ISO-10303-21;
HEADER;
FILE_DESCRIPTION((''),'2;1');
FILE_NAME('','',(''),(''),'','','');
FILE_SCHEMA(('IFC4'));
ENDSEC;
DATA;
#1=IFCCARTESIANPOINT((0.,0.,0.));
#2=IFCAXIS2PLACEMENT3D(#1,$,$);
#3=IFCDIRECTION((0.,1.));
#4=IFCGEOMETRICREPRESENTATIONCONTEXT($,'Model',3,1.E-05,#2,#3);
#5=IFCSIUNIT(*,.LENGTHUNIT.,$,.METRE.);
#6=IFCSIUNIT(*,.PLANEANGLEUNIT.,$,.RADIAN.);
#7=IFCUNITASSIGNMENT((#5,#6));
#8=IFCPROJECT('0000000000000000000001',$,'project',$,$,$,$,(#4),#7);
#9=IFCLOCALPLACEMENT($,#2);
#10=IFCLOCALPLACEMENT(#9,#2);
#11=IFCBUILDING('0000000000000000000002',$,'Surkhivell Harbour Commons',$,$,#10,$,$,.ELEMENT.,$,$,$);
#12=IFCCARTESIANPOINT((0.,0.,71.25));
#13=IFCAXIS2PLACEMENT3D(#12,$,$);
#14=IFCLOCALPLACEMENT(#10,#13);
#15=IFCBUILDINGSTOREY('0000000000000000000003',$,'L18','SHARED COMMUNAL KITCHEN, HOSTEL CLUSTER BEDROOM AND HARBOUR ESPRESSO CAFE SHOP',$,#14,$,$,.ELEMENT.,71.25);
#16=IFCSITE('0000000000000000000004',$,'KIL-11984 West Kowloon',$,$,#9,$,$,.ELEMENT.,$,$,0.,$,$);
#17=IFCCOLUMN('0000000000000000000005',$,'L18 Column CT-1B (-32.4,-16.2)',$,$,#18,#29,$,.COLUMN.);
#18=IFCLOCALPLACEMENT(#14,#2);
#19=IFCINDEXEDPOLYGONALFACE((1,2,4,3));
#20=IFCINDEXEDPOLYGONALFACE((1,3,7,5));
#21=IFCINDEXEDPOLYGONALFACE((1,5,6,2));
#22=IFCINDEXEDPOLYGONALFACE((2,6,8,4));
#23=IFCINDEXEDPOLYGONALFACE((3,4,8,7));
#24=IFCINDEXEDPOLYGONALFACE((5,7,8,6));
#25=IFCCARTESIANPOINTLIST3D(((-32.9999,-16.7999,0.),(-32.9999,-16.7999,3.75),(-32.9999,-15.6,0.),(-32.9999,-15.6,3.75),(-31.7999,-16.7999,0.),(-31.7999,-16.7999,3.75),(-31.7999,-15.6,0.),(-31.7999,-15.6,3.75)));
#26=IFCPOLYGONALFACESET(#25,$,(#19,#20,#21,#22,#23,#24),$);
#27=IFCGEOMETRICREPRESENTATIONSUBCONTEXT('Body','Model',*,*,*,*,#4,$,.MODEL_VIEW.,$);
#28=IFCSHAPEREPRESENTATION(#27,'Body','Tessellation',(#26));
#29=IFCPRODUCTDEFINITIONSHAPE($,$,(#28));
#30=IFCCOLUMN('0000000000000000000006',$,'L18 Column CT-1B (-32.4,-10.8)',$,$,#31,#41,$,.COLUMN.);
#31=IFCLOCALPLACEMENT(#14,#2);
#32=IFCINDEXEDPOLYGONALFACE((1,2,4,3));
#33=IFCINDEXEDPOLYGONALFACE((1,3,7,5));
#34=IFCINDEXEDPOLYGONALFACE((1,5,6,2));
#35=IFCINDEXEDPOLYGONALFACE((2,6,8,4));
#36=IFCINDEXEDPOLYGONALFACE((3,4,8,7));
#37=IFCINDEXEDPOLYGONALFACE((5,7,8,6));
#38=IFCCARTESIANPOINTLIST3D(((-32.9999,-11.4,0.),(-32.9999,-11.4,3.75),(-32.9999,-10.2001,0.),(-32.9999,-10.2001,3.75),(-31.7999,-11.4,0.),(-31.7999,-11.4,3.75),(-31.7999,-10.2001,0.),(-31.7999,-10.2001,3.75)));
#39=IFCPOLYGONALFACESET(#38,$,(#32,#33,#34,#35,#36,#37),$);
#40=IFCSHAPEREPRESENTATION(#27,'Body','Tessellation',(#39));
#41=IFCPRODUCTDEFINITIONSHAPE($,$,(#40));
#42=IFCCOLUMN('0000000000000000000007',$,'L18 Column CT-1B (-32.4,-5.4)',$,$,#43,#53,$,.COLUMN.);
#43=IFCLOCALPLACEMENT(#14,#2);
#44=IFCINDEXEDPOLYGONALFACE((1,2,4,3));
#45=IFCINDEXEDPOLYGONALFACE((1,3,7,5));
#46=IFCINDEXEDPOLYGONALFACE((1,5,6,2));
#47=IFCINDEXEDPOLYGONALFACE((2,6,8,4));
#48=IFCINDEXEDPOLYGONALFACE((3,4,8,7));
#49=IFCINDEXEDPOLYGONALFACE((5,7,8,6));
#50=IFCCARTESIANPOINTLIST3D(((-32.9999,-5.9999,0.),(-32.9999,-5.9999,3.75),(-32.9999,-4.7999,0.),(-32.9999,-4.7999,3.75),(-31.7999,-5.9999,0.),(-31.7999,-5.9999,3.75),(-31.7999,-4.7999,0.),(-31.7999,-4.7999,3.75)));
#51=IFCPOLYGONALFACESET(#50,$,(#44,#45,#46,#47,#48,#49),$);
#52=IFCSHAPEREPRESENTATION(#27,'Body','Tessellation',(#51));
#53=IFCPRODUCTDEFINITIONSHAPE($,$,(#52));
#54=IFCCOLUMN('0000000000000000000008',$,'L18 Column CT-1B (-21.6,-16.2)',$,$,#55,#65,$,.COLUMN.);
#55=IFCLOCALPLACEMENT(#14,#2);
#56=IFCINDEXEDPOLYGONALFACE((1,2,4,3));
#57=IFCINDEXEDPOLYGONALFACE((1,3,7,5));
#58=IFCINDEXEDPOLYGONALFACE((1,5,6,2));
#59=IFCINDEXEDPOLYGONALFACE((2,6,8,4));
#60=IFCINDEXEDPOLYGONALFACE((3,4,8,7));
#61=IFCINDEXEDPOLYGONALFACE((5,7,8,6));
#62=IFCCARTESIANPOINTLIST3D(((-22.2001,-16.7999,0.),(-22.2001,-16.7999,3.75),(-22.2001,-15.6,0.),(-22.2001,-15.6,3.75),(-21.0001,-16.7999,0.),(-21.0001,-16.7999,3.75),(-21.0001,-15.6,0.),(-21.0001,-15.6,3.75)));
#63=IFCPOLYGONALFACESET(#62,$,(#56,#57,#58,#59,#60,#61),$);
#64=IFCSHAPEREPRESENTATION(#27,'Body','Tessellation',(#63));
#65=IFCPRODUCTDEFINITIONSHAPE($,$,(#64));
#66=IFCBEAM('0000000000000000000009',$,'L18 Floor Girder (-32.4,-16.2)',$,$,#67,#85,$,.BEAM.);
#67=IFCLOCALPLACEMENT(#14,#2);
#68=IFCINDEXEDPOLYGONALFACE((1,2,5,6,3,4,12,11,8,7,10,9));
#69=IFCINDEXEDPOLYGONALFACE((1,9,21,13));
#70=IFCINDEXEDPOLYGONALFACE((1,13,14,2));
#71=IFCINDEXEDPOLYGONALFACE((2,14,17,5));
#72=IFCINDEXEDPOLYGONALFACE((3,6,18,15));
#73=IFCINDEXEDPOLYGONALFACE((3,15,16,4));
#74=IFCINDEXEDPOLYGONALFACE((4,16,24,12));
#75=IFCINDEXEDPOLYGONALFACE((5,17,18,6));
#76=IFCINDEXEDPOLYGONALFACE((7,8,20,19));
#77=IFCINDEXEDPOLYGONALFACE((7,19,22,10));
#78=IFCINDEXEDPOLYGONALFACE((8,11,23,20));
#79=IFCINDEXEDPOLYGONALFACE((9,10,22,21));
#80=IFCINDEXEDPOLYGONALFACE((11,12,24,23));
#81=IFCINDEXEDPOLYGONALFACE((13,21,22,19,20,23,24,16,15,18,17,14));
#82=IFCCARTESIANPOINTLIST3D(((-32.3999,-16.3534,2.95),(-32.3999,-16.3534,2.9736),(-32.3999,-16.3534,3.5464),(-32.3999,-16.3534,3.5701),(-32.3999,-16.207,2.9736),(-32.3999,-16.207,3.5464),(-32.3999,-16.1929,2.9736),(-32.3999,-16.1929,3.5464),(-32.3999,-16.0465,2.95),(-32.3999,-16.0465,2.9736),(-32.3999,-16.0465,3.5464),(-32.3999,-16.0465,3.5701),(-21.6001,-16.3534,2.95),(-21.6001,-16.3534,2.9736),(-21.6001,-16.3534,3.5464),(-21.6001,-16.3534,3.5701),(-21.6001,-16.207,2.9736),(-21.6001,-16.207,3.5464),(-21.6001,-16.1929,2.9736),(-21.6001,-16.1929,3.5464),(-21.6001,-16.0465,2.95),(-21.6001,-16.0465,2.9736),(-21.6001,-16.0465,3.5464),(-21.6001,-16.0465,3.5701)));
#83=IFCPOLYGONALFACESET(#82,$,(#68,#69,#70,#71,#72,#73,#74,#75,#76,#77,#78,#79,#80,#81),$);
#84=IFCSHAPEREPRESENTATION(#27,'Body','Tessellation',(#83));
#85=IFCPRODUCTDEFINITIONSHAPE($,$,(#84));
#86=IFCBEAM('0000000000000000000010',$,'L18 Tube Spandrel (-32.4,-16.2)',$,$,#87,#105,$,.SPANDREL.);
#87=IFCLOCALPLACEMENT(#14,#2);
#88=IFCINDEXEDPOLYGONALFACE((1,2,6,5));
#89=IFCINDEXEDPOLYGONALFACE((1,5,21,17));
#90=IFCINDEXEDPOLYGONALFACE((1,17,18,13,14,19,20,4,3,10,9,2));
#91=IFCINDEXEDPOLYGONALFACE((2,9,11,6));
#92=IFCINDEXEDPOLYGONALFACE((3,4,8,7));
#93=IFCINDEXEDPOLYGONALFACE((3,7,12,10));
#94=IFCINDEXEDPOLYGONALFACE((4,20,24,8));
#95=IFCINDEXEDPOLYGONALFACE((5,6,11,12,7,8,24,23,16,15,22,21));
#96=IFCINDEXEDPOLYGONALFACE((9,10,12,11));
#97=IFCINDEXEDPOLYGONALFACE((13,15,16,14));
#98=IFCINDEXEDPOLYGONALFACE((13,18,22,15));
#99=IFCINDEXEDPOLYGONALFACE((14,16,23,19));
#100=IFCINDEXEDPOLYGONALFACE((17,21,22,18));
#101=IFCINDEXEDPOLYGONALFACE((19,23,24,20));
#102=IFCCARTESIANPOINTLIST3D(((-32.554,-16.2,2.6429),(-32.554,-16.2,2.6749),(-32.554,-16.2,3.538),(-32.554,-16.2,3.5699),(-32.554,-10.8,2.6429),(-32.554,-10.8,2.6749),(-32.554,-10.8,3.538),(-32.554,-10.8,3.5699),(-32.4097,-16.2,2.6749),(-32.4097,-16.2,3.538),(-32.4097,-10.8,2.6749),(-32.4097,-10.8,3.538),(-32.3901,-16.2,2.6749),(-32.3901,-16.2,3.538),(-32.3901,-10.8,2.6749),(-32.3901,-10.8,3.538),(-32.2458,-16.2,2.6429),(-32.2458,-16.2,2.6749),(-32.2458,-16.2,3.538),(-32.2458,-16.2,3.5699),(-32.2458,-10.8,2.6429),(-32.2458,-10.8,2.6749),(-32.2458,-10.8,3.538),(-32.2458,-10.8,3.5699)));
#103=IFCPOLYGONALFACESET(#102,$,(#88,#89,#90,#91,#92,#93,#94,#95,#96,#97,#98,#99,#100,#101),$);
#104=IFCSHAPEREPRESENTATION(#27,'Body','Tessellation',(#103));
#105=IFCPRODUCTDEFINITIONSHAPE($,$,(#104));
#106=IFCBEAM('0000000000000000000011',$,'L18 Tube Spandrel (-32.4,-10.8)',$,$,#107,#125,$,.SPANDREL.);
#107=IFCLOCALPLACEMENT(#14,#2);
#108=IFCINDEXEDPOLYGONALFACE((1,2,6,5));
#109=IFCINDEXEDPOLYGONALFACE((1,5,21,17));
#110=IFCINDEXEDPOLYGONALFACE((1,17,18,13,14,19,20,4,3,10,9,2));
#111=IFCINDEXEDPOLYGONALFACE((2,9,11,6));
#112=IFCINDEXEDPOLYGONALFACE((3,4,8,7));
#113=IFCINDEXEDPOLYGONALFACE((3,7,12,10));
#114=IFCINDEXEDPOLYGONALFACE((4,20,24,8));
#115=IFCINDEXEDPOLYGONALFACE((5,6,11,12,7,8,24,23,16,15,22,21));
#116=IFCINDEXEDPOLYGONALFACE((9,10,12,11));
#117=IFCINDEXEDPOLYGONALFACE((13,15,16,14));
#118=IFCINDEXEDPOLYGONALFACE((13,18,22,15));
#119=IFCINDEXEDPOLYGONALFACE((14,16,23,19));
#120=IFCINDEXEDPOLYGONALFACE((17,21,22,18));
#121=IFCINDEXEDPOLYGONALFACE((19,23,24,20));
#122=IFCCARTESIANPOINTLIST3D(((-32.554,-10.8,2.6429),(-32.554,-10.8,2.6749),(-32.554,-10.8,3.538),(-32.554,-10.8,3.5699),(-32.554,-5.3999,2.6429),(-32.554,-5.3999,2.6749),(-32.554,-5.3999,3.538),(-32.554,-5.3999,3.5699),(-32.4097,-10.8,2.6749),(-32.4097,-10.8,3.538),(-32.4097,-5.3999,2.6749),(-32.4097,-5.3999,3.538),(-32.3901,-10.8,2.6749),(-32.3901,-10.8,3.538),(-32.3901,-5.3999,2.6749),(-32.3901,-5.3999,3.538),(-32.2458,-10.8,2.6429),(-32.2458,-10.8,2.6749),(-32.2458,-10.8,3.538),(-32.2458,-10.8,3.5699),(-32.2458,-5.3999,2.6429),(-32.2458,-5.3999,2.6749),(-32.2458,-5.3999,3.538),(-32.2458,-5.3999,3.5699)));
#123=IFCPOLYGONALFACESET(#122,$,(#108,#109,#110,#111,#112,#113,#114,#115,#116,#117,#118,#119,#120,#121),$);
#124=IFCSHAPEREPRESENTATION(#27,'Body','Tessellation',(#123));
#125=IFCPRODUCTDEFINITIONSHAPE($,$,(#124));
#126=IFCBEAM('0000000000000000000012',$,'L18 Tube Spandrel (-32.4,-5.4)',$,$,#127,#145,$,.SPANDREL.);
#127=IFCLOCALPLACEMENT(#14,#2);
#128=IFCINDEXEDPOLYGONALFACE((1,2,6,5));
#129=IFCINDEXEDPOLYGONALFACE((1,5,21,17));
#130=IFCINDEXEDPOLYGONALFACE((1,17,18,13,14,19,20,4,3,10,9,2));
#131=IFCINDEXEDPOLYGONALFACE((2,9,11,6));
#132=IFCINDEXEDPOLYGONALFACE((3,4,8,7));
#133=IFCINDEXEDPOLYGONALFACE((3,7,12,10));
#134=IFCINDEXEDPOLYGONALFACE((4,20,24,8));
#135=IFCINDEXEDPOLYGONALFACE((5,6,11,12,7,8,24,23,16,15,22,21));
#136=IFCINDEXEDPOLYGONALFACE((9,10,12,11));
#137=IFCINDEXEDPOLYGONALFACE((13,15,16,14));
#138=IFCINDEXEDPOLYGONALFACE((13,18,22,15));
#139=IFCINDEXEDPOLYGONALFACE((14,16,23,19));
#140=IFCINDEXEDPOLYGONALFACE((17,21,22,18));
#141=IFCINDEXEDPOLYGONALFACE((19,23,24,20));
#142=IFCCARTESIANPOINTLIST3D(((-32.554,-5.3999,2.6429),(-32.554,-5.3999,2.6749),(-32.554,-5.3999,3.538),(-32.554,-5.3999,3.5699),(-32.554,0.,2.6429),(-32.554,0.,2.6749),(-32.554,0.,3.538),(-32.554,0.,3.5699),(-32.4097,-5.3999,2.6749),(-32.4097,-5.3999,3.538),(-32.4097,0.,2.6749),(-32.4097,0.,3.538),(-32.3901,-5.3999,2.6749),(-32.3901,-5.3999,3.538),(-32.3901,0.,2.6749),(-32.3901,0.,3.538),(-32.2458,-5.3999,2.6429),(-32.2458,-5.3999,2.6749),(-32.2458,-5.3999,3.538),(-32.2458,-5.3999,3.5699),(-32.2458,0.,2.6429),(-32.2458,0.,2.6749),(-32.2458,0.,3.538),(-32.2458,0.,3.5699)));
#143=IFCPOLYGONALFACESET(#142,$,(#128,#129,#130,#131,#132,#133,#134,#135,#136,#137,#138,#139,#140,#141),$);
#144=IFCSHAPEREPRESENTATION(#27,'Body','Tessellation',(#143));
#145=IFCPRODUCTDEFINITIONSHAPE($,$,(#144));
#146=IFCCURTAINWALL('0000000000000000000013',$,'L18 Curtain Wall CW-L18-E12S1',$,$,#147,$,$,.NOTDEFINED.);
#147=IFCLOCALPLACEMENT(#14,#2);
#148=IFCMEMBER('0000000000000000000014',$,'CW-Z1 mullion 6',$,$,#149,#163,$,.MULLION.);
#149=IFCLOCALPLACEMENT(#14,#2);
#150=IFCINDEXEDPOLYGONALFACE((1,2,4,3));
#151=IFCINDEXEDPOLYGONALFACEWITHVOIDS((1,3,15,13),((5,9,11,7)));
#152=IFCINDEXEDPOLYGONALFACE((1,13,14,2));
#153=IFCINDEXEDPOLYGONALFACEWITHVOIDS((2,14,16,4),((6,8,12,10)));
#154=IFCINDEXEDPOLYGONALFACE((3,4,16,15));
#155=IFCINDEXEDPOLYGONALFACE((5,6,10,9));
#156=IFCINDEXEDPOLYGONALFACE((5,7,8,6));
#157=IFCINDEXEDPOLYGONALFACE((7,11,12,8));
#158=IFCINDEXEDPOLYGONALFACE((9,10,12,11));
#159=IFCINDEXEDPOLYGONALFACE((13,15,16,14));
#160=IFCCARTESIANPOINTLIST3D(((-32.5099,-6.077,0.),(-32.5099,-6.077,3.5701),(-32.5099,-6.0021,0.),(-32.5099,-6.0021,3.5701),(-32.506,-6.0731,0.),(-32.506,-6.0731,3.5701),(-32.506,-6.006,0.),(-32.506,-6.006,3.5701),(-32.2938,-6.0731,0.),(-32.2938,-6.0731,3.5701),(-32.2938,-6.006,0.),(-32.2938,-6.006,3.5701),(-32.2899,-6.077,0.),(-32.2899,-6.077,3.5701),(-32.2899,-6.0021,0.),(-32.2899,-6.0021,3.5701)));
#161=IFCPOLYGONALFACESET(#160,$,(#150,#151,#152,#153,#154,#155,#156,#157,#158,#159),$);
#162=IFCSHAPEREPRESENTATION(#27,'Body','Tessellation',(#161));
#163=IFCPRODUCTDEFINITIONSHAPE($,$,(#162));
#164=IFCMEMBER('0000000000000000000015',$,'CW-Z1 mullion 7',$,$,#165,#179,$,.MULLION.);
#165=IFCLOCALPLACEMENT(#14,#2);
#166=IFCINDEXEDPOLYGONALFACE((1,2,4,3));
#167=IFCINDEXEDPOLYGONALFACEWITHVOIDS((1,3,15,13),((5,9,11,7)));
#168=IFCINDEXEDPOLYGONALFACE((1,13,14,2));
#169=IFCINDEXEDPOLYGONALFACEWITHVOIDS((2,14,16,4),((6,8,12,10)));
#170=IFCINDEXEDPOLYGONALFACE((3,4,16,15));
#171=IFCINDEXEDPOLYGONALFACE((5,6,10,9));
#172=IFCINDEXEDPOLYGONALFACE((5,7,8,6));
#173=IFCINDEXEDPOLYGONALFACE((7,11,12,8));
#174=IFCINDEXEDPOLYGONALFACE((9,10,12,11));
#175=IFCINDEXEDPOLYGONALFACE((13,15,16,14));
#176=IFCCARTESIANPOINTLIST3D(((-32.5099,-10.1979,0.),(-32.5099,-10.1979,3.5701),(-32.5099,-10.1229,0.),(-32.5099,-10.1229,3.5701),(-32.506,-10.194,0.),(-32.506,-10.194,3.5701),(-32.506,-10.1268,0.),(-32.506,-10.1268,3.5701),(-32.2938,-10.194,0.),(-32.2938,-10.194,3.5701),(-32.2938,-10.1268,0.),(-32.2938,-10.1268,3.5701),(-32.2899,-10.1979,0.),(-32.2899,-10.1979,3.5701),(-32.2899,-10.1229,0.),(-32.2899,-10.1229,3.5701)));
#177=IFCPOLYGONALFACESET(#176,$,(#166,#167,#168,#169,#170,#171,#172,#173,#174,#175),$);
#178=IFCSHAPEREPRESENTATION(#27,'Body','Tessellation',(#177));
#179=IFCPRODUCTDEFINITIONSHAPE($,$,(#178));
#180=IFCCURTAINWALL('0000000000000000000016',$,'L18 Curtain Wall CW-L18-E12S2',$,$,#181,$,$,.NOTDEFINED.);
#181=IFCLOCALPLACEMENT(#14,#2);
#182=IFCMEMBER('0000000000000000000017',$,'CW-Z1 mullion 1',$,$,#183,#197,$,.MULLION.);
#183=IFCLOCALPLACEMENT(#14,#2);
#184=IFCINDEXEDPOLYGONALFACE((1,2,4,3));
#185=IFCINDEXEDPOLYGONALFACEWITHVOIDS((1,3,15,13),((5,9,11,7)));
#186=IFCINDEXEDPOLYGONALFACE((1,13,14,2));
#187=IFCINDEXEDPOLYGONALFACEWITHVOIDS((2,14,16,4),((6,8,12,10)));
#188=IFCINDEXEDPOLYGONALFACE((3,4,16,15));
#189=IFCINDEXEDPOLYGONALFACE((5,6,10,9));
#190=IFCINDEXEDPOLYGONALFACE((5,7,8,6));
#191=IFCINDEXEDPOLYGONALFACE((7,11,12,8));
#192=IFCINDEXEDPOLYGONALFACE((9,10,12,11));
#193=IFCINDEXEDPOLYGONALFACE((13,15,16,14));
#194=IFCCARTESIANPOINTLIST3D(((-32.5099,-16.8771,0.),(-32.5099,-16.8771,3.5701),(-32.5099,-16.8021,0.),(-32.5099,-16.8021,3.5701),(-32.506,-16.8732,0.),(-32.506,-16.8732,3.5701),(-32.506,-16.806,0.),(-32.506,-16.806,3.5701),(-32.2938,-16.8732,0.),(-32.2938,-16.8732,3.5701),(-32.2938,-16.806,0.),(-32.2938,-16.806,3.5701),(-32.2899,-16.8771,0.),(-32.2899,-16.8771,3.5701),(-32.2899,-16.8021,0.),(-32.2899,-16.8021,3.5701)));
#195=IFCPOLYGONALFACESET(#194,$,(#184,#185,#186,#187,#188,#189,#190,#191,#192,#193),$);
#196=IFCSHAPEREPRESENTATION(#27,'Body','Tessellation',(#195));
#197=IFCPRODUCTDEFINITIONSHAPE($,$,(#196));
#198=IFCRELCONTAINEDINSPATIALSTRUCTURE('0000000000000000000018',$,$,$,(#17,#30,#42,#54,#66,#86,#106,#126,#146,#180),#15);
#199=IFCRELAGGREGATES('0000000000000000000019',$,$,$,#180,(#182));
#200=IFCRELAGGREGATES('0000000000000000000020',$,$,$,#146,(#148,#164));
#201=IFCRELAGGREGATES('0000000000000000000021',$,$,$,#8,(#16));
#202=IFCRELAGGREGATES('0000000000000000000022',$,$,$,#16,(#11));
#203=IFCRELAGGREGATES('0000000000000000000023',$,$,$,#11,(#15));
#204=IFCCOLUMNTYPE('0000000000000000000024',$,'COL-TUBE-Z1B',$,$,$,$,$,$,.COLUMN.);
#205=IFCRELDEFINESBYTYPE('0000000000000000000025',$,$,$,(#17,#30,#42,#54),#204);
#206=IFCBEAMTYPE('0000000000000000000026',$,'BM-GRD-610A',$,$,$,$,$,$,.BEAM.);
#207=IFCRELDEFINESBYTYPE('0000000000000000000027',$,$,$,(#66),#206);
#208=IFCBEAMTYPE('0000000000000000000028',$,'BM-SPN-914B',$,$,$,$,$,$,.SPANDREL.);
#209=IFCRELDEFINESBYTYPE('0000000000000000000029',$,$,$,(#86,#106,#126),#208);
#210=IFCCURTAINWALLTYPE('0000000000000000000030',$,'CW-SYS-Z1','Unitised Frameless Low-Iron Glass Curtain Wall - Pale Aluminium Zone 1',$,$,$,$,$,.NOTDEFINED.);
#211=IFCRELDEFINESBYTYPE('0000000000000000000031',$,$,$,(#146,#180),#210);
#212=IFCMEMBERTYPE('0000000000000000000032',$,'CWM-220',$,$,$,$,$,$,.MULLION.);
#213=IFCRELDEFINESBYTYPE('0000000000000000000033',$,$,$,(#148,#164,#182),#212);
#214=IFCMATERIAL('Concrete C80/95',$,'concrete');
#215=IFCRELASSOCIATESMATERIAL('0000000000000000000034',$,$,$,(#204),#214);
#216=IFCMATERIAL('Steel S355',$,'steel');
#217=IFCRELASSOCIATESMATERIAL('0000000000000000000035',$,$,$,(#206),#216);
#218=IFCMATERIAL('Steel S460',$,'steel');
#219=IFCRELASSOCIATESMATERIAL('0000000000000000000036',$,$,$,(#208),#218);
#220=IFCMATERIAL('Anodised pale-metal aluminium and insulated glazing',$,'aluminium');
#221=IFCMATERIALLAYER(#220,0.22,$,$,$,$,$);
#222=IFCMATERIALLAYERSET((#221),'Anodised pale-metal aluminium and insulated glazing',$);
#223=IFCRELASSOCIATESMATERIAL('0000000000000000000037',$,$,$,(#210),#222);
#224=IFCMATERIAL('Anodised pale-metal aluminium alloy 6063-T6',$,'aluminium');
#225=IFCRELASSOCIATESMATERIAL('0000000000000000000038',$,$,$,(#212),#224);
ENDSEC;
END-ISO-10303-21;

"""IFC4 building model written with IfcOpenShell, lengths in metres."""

from ifc_helpers import new_model, si_unit, direction, frame, origin, origin_2d, place, context, subcontext, project, spatial, rectangle, hollow_rectangle, i_section, extrude, material, layer, layer_set, material_profile, profile_set, type_object, element, aggregate, save


model = new_model("IFC4")

# Units and contexts
model_context = context("Model", 3, precision=1e-05, world=origin(), true_north=direction((0.0, 1.0)))
body_context = subcontext(model_context, "Body", "Model", "MODEL_VIEW")
ifc_project = project(units=[si_unit("LENGTHUNIT", "METRE"), si_unit("PLANEANGLEUNIT", "RADIAN")], contexts=[model_context])

# Site, building, storey
site_placement = place(None, origin())
site = spatial("IfcSite", under=ifc_project, at=site_placement, Name="KIL-11984 West Kowloon", CompositionType="ELEMENT", RefElevation=0.0)
building_placement = place(site_placement, origin())
building = spatial("IfcBuilding", under=site, at=building_placement, Name="Surkhivell Harbour Commons", CompositionType="ELEMENT")
storey_placement = place(building_placement, frame((0.0, 0.0, 71.25)))
storey = spatial("IfcBuildingStorey", under=building, at=storey_placement, Name="L18", Description="SHARED COMMUNAL KITCHEN, HOSTEL CLUSTER BEDROOM AND HARBOUR ESPRESSO CAFE SHOP", CompositionType="ELEMENT", Elevation=71.25)

# Columns
ifc_material_1 = material(Name="Concrete C80/95", Category="concrete")
ifc_material_profile_1 = material_profile(ifc_material_1, rectangle(XDim=1.2, YDim=1.2, at=origin_2d()), Name="RC-COL-1200x1200")
ifc_profile_set_1 = profile_set([ifc_material_profile_1], Name="Concrete C80/95")
column_type = type_object("IfcColumnType", Name="COL-TUBE-Z1B", PredefinedType="COLUMN", material=ifc_profile_set_1)
for number, where, z_axis, x_axis, name in (
    (1, (-32.3999, -16.2, 0.0), (0.0, 0.0, 1.0), (1.0, 0.0, 0.0), "L18 Column CT-1B (-32.4,-16.2)"),
    (2, (-32.3999, -10.8, 0.0), (0.0, 0.0, 1.0), (1.0, 0.0, 0.0), "L18 Column CT-1B (-32.4,-10.8)"),
    (3, (-32.3999, -5.3999, 0.0), (0.0, 0.0, 1.0), (1.0, 0.0, 0.0), "L18 Column CT-1B (-32.4,-5.4)"),
    (4, (-21.6001, -16.2, 0.0), (0.0, 0.0, 1.0), (1.0, 0.0, 0.0), "L18 Column CT-1B (-21.6,-16.2)"),
):
    element("IfcColumn", number, at=place(storey_placement, frame(where, z_axis=z_axis, x_axis=x_axis)), inside=storey, type_object=column_type, Name=name, PredefinedType="COLUMN", context=body_context, shape_type="SweptSolid", body=[
        extrude(rectangle(XDim=1.2, YDim=1.2, at=origin_2d()), origin(), (0.0, 0.0, 1.0), 3.75),
    ])

# Beams
ifc_material_2 = material(Name="Steel S355", Category="steel")
ifc_material_profile_2 = material_profile(ifc_material_2, i_section(OverallWidth=0.3069, OverallDepth=0.6201, WebThickness=0.0142, FlangeThickness=0.0237, at=origin_2d()), Name="UB610x305x179")
ifc_profile_set_2 = profile_set([ifc_material_profile_2], Name="Steel S355")
beam_type_1 = type_object("IfcBeamType", Name="BM-GRD-610A", PredefinedType="BEAM", material=ifc_profile_set_2)
beam_1_placement = place(storey_placement, frame((-32.3999, -16.2, 3.26), z_axis=(1.0, 0.0, 0.0), x_axis=(0.0, 1.0, 0.0)))
element("IfcBeam", 5, at=beam_1_placement, inside=storey, type_object=beam_type_1, Name="L18 Floor Girder (-32.4,-16.2)", PredefinedType="BEAM", context=body_context, shape_type="SweptSolid", body=[
    extrude(i_section(OverallWidth=0.3069, OverallDepth=0.6201, WebThickness=0.0142, FlangeThickness=0.0237, at=origin_2d()), origin(), (0.0, 0.0, 1.0), 10.7998),
])
ifc_material_3 = material(Name="Steel S460", Category="steel")
ifc_material_profile_3 = material_profile(ifc_material_3, i_section(OverallWidth=0.3081, OverallDepth=0.927, WebThickness=0.0195, FlangeThickness=0.032, at=origin_2d()), Name="UB914x305x289")
ifc_profile_set_3 = profile_set([ifc_material_profile_3], Name="Steel S460")
beam_type_2 = type_object("IfcBeamType", Name="BM-SPN-914B", PredefinedType="SPANDREL", material=ifc_profile_set_3)
beam_2_placement = place(storey_placement, frame((-32.3999, -16.2, 3.1064), z_axis=(0.0, 1.0, 0.0), x_axis=(-1.0, 0.0, 0.0)))
element("IfcBeam", 6, at=beam_2_placement, inside=storey, type_object=beam_type_2, Name="L18 Tube Spandrel (-32.4,-16.2)", PredefinedType="SPANDREL", context=body_context, shape_type="SweptSolid", body=[
    extrude(i_section(OverallWidth=0.3081, OverallDepth=0.927, WebThickness=0.0195, FlangeThickness=0.032, at=origin_2d()), origin(), (0.0, 0.0, 1.0), 5.3999),
])
beam_3_placement = place(storey_placement, frame((-32.3999, -10.8, 3.1064), z_axis=(0.0, 1.0, 0.0), x_axis=(-1.0, 0.0, 0.0)))
element("IfcBeam", 7, at=beam_3_placement, inside=storey, type_object=beam_type_2, Name="L18 Tube Spandrel (-32.4,-10.8)", PredefinedType="SPANDREL", context=body_context, shape_type="SweptSolid", body=[
    extrude(i_section(OverallWidth=0.3081, OverallDepth=0.927, WebThickness=0.0195, FlangeThickness=0.032, at=origin_2d()), origin(), (0.0, 0.0, 1.0), 5.4001),
])
beam_4_placement = place(storey_placement, frame((-32.3999, -5.3999, 3.1064), z_axis=(0.0, 1.0, 0.0), x_axis=(-1.0, 0.0, 0.0)))
element("IfcBeam", 8, at=beam_4_placement, inside=storey, type_object=beam_type_2, Name="L18 Tube Spandrel (-32.4,-5.4)", PredefinedType="SPANDREL", context=body_context, shape_type="SweptSolid", body=[
    extrude(i_section(OverallWidth=0.3081, OverallDepth=0.927, WebThickness=0.0195, FlangeThickness=0.032, at=origin_2d()), origin(), (0.0, 0.0, 1.0), 5.3999),
])

# Curtain wall, members
ifc_material_4 = material(Name="Anodised pale-metal aluminium and insulated glazing", Category="aluminium")
ifc_layer_1 = layer(ifc_material_4, 0.22)
ifc_layer_set_1 = layer_set([ifc_layer_1], Name="Anodised pale-metal aluminium and insulated glazing")
curtain_wall_type = type_object("IfcCurtainWallType", Name="CW-SYS-Z1", Description="Unitised Frameless Low-Iron Glass Curtain Wall - Pale Aluminium Zone 1", PredefinedType="NOTDEFINED", material=ifc_layer_set_1)
curtain_wall_1_placement = place(storey_placement, origin())
curtain_wall_1 = element("IfcCurtainWall", 9, at=curtain_wall_1_placement, inside=storey, type_object=curtain_wall_type, Name="L18 Curtain Wall CW-L18-E12S1", PredefinedType="NOTDEFINED")
ifc_material_5 = material(Name="Anodised pale-metal aluminium alloy 6063-T6", Category="aluminium")
ifc_material_profile_4 = material_profile(ifc_material_5, hollow_rectangle(XDim=0.075, YDim=0.22, WallThickness=0.0039, at=origin_2d()), Name="ALU-MULL-75x220")
ifc_profile_set_4 = profile_set([ifc_material_profile_4], Name="Anodised pale-metal aluminium alloy 6063-T6")
member_type_1 = type_object("IfcMemberType", Name="CWM-220", PredefinedType="MULLION", material=ifc_profile_set_4)
member_1_placement = place(storey_placement, frame((-32.3999, -6.0396, 0.0), z_axis=(0.0, 0.0, 1.0), x_axis=(0.0, -1.0, 0.0)))
member_1 = element("IfcMember", 10, at=member_1_placement, type_object=member_type_1, Name="CW-Z1 mullion 6", PredefinedType="MULLION", context=body_context, shape_type="SweptSolid", body=[
    extrude(hollow_rectangle(XDim=0.075, YDim=0.22, WallThickness=0.0039, at=origin_2d()), origin(), (0.0, 0.0, 1.0), 3.5701),
])
member_2_placement = place(storey_placement, frame((-32.3999, -10.1604, 0.0), z_axis=(0.0, 0.0, 1.0), x_axis=(0.0, -1.0, 0.0)))
member_2 = element("IfcMember", 11, at=member_2_placement, type_object=member_type_1, Name="CW-Z1 mullion 7", PredefinedType="MULLION", context=body_context, shape_type="SweptSolid", body=[
    extrude(hollow_rectangle(XDim=0.075, YDim=0.22, WallThickness=0.0039, at=origin_2d()), origin(), (0.0, 0.0, 1.0), 3.5701),
])

# Curtain wall, member
curtain_wall_2_placement = place(storey_placement, origin())
curtain_wall_2 = element("IfcCurtainWall", 12, at=curtain_wall_2_placement, inside=storey, type_object=curtain_wall_type, Name="L18 Curtain Wall CW-L18-E12S2", PredefinedType="NOTDEFINED")
member_3_placement = place(storey_placement, frame((-32.3999, -16.8396, 0.0), z_axis=(0.0, 0.0, 1.0), x_axis=(0.0, -1.0, 0.0)))
member_3 = element("IfcMember", 13, at=member_3_placement, type_object=member_type_1, Name="CW-Z1 mullion 1", PredefinedType="MULLION", context=body_context, shape_type="SweptSolid", body=[
    extrude(hollow_rectangle(XDim=0.075, YDim=0.22, WallThickness=0.0039, at=origin_2d()), origin(), (0.0, 0.0, 1.0), 3.5701),
])
aggregate(curtain_wall_2, [member_3])

aggregate(curtain_wall_1, [member_1, member_2])

save(model, "model.ifc")
